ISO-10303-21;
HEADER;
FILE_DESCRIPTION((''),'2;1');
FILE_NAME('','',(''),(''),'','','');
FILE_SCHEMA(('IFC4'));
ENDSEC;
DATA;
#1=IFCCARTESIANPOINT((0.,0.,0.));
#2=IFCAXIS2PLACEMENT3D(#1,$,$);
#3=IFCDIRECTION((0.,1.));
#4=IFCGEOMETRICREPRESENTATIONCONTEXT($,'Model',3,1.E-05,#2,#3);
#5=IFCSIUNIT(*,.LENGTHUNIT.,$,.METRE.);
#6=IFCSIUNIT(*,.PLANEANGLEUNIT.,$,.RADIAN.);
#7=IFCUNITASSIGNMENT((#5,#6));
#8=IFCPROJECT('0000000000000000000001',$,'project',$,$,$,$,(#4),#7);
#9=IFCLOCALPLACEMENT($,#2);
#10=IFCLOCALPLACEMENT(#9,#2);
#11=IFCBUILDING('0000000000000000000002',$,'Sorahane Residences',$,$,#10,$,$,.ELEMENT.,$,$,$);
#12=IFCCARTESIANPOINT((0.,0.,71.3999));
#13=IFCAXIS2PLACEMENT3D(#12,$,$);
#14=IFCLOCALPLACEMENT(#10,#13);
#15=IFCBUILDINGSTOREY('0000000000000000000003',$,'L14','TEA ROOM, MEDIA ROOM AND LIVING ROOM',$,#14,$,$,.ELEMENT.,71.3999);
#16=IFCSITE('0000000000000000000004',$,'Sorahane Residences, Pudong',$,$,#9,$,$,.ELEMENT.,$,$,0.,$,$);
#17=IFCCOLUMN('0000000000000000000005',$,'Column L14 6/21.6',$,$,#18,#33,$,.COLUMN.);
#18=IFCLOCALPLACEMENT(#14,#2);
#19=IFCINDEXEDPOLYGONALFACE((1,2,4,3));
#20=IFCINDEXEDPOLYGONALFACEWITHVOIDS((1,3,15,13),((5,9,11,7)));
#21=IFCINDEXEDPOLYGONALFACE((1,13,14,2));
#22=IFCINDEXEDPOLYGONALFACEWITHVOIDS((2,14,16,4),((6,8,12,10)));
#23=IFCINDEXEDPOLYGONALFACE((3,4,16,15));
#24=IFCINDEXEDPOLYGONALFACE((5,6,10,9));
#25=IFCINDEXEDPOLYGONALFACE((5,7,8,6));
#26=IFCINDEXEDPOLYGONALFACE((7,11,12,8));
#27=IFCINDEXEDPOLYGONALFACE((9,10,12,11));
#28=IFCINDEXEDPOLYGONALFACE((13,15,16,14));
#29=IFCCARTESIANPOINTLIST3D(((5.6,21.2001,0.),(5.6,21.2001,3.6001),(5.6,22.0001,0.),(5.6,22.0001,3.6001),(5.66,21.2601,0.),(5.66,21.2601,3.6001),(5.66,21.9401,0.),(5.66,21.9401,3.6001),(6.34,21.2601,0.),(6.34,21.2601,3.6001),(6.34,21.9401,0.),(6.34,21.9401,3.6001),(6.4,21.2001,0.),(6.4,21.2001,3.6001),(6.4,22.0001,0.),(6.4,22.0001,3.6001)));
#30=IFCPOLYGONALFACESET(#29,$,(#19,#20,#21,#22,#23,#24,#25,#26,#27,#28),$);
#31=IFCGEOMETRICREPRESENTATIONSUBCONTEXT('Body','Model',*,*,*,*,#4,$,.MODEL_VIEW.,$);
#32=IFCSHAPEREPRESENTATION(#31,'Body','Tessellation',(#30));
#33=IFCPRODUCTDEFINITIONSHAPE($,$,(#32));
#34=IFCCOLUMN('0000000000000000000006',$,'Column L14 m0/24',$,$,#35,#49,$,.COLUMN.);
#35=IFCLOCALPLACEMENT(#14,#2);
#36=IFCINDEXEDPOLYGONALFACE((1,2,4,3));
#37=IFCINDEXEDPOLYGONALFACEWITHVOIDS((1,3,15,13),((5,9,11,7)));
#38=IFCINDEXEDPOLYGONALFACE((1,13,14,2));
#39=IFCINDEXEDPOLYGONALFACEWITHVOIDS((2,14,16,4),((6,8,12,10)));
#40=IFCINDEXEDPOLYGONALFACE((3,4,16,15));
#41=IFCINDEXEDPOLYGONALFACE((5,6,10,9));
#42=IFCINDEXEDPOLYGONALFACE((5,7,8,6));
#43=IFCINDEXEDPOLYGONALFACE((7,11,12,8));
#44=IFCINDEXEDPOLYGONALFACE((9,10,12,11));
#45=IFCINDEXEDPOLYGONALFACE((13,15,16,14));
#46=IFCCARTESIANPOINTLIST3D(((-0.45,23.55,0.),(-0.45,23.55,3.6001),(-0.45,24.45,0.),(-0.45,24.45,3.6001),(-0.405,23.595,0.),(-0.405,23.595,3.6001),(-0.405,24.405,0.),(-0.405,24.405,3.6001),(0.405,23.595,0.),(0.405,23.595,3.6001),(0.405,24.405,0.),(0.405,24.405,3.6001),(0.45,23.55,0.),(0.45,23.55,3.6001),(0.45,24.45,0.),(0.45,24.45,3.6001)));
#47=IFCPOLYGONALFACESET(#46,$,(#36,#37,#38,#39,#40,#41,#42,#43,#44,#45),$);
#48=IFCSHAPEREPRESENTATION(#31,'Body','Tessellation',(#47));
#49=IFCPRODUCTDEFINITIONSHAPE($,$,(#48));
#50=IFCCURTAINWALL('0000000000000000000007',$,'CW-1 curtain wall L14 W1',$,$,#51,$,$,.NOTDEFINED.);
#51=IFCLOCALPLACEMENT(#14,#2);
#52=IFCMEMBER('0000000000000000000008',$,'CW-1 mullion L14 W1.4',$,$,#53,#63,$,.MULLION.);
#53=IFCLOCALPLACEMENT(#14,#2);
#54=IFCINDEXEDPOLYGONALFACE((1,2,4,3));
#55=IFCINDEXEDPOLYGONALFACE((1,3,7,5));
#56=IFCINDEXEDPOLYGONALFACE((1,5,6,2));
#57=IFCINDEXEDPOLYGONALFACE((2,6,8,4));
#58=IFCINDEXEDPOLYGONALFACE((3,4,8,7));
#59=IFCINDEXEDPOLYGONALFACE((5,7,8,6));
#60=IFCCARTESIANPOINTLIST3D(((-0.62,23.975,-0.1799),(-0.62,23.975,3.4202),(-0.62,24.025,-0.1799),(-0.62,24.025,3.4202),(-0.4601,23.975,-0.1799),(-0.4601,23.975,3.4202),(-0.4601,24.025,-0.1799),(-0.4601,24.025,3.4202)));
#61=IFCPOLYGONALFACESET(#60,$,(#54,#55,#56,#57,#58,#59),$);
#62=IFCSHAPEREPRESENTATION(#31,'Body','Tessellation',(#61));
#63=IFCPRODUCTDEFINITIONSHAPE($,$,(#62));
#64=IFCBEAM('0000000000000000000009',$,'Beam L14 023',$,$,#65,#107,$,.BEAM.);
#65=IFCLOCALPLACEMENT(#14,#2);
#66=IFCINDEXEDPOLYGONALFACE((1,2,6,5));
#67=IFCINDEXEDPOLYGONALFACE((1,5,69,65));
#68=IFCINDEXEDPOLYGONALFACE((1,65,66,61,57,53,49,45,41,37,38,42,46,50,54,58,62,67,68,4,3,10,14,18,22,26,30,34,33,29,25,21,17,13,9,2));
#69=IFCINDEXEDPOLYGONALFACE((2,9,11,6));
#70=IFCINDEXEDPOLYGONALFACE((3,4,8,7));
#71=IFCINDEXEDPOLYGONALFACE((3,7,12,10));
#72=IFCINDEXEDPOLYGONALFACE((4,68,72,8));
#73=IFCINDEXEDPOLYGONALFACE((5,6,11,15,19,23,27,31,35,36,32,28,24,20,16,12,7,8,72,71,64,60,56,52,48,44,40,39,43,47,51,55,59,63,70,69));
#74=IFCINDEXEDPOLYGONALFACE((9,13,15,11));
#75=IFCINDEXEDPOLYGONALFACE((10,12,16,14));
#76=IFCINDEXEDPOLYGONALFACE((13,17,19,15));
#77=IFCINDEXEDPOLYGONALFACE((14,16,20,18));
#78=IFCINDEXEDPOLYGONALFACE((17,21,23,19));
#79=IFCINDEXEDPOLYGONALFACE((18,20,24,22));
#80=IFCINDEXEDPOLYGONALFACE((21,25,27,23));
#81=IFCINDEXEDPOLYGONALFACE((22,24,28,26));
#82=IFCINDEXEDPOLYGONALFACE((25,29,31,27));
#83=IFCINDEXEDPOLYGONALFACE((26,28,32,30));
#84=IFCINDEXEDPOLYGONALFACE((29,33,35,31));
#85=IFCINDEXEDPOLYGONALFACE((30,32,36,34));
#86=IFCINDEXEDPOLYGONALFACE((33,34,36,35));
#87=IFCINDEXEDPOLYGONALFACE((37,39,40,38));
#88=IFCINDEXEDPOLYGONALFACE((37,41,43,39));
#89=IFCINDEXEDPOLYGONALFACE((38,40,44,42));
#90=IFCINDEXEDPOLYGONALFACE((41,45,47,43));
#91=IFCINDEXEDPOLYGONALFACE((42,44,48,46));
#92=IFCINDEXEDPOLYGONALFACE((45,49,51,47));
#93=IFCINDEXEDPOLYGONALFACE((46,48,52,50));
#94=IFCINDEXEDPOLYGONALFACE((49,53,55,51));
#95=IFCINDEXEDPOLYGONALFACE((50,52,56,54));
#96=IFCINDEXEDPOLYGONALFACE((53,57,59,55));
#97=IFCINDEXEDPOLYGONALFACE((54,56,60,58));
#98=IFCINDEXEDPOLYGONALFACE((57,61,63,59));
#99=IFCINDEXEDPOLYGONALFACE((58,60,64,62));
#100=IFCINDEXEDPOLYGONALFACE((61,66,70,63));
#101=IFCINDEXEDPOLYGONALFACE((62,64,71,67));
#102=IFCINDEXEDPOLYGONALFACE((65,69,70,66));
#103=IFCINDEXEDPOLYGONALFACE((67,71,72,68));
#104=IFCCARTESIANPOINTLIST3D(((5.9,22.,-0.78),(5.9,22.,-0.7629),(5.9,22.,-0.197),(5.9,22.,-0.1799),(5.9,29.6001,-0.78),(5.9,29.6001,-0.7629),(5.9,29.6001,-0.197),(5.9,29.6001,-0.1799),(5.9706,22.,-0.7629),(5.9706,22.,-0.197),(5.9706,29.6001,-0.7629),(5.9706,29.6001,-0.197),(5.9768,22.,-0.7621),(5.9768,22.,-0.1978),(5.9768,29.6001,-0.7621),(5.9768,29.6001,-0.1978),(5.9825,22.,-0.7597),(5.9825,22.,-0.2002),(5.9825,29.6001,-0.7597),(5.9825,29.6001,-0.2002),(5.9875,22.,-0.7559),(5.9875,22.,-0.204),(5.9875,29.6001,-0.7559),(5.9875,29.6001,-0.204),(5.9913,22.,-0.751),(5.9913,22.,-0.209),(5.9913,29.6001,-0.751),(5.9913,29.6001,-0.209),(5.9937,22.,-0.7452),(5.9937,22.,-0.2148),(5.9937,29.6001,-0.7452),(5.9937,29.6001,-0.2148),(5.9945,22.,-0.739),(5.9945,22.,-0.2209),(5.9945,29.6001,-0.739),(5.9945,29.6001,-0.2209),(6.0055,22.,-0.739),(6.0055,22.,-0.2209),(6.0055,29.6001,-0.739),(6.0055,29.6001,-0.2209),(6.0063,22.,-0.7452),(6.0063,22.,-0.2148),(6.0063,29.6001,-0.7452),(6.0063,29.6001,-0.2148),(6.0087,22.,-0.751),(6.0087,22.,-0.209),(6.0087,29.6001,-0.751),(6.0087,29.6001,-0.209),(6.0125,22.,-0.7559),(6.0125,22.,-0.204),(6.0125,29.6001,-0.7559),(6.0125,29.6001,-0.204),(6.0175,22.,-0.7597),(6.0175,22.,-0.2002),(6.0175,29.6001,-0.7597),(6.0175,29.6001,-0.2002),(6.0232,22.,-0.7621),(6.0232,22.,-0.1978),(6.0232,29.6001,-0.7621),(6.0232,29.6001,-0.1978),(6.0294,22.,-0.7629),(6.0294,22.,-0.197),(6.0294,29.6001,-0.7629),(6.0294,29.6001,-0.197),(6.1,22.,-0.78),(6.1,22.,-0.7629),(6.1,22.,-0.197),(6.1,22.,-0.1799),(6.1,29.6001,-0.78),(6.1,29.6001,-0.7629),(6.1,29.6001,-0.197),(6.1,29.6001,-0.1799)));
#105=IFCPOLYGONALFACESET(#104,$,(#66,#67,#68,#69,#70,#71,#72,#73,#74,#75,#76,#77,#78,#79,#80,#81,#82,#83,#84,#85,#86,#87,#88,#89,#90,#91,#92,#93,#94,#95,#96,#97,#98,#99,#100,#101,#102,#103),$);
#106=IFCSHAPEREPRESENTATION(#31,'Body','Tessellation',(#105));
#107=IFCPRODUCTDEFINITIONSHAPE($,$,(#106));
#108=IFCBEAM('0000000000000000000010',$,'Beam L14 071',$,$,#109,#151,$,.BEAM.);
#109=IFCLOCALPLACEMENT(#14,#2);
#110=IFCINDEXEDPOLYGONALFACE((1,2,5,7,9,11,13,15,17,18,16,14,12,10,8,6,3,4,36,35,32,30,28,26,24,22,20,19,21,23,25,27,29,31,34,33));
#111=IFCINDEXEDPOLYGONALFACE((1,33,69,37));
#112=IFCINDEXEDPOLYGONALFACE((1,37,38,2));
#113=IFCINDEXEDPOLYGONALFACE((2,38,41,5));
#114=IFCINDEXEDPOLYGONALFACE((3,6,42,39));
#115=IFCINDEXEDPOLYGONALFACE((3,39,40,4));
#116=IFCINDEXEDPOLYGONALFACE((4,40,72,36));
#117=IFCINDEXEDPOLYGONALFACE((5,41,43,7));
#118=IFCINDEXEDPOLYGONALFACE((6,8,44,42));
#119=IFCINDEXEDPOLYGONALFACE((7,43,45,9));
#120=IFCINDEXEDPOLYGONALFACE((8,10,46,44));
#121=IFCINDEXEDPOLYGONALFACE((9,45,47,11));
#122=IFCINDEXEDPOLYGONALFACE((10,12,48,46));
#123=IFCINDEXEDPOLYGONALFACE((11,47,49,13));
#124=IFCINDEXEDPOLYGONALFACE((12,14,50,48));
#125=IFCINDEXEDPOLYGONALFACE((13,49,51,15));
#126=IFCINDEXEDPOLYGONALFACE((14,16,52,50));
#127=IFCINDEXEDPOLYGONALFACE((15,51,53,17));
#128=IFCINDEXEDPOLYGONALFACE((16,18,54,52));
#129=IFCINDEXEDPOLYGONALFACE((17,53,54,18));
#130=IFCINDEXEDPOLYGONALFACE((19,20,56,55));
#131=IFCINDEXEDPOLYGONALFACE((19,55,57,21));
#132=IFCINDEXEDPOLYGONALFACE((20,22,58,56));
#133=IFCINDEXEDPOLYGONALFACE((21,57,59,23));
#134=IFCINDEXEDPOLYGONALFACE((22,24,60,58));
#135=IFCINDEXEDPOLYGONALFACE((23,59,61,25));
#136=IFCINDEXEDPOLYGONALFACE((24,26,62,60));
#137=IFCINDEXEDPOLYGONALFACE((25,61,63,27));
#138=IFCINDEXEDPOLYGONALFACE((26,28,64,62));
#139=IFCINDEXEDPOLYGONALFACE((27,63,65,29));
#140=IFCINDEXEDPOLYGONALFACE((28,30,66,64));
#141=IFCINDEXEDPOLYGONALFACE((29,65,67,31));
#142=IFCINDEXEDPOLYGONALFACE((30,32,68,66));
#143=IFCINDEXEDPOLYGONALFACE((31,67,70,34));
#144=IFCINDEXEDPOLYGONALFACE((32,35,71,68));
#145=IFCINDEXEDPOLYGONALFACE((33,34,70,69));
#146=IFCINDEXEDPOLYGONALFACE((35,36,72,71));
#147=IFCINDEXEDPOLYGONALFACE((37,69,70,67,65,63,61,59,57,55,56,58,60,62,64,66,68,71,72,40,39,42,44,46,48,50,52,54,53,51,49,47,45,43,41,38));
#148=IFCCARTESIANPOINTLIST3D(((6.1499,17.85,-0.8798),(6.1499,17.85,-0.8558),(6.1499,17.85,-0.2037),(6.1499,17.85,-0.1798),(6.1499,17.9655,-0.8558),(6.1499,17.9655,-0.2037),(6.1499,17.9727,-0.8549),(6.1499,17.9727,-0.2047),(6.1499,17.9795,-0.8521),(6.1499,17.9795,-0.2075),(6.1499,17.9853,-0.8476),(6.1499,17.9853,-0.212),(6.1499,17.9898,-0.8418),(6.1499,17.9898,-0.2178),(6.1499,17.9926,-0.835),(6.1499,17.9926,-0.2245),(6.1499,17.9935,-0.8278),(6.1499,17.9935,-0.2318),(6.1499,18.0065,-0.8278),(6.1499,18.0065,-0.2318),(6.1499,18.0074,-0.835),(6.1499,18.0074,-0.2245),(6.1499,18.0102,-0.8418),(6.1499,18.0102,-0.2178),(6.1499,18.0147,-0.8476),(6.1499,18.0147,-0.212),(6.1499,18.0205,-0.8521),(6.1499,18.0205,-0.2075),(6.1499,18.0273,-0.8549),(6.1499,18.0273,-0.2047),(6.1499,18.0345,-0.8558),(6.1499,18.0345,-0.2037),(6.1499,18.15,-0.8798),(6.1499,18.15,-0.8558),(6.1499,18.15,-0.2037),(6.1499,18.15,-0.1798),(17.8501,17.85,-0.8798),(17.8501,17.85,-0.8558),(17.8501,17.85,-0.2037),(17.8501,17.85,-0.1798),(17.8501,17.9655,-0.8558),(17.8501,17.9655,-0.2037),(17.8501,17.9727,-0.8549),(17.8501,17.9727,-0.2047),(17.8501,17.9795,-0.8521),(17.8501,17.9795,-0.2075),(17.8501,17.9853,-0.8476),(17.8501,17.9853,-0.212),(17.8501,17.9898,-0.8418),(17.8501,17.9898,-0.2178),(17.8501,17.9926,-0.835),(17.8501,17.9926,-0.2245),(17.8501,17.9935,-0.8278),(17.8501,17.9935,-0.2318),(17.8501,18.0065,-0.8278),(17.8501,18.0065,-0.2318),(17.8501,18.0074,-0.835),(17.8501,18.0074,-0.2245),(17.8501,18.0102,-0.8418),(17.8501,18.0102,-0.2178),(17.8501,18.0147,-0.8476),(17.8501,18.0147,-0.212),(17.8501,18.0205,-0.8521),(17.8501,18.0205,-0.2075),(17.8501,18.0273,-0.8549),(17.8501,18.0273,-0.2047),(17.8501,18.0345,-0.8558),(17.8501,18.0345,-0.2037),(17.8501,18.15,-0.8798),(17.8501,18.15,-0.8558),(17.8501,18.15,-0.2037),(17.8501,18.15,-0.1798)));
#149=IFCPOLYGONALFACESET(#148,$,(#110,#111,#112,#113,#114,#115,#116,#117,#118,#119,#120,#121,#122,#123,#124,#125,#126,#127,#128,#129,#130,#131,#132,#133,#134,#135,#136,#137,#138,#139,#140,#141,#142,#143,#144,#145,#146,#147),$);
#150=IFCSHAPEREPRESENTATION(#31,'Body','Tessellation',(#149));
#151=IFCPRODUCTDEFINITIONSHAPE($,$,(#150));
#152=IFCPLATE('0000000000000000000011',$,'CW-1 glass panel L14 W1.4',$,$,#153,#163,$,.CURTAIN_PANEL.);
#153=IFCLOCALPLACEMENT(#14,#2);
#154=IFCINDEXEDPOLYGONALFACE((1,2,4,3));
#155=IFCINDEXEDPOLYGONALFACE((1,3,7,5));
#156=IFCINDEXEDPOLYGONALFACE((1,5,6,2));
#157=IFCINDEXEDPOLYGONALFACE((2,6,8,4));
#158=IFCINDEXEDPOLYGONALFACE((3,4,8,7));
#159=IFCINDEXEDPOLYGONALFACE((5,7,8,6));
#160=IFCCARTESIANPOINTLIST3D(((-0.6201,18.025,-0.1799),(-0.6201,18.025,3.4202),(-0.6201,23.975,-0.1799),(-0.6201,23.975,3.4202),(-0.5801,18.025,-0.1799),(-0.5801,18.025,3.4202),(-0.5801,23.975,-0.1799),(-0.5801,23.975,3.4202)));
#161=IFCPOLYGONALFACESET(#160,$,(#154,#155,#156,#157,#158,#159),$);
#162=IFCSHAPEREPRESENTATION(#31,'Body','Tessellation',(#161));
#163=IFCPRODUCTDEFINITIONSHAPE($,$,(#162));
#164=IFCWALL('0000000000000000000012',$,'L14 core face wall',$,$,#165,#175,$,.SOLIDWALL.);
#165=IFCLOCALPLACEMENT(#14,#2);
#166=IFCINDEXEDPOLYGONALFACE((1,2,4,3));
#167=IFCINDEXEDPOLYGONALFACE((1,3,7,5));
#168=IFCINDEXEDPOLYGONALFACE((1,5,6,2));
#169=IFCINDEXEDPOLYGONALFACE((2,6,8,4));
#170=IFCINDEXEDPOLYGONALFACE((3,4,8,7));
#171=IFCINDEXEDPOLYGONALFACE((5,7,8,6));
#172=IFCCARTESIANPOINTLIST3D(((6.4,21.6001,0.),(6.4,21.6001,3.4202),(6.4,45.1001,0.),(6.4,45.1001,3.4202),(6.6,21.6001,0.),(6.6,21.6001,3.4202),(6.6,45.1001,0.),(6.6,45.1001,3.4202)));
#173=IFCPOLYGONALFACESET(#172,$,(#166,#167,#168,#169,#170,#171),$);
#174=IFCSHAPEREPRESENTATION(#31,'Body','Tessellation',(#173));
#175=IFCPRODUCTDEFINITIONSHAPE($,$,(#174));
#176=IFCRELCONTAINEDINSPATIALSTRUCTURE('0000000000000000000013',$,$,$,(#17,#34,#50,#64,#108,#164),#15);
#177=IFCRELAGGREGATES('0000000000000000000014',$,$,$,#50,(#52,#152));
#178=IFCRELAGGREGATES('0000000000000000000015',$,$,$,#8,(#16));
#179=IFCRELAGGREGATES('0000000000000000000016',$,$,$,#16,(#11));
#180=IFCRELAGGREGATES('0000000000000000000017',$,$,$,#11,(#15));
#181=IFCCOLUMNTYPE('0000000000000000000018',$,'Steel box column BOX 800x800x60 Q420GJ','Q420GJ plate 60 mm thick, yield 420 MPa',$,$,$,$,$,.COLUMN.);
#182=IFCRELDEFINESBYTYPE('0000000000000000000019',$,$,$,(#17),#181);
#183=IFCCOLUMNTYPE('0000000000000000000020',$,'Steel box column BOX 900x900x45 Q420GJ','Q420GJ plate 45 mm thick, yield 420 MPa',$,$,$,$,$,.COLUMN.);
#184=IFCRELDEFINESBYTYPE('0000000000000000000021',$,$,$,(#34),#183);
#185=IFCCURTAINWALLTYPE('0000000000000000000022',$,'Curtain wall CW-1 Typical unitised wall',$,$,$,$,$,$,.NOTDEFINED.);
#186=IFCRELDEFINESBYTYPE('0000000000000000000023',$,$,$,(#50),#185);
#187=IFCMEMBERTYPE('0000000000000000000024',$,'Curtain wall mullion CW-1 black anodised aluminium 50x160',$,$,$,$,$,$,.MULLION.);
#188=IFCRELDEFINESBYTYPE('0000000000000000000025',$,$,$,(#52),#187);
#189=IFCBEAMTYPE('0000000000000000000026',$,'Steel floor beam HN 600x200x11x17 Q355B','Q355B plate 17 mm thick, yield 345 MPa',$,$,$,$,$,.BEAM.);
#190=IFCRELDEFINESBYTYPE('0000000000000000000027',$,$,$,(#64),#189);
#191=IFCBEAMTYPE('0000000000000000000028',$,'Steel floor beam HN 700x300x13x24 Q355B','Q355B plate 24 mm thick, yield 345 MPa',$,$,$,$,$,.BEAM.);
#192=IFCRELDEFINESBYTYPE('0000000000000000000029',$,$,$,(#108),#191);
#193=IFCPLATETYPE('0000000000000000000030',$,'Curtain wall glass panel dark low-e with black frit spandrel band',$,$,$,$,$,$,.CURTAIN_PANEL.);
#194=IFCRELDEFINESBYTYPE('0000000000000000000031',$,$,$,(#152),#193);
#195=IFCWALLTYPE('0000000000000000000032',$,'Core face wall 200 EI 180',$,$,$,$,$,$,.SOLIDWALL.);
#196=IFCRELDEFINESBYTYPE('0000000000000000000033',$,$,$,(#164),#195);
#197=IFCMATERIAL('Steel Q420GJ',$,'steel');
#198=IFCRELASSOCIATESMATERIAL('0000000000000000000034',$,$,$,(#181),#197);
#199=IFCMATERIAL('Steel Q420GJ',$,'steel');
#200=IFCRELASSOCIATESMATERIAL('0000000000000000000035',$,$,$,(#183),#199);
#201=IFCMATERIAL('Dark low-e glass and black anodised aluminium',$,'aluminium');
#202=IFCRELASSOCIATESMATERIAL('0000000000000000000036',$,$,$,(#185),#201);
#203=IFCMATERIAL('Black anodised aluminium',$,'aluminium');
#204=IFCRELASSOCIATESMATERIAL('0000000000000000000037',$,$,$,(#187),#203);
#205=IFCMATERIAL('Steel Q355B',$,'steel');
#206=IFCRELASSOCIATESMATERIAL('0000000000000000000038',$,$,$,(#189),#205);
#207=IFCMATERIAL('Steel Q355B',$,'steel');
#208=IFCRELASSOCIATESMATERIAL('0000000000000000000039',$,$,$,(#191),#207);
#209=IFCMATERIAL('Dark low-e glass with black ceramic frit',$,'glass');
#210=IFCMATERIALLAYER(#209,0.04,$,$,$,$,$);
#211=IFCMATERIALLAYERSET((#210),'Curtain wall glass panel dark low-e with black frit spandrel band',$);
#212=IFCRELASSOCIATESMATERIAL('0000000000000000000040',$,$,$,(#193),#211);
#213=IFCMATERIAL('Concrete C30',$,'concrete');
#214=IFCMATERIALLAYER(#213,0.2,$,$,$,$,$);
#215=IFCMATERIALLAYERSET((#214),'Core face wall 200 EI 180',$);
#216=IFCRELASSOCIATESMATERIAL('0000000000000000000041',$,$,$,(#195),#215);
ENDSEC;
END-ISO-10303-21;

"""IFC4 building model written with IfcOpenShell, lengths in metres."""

from ifc_helpers import new_model, si_unit, direction, frame, frame_2d, origin, origin_2d, place, context, subcontext, project, spatial, rectangle, hollow_rectangle, i_section, extrude, material, layer, layer_set, material_profile, profile_set, type_object, element, aggregate, save


model = new_model("IFC4")

# Units and contexts
model_context = context("Model", 3, precision=1e-05, world=origin(), true_north=direction((0.0, 1.0)))
body_context = subcontext(model_context, "Body", "Model", "MODEL_VIEW")
ifc_project = project(units=[si_unit("LENGTHUNIT", "METRE"), si_unit("PLANEANGLEUNIT", "RADIAN")], contexts=[model_context])

# Site, building, storey
site_placement = place(None, origin())
site = spatial("IfcSite", under=ifc_project, at=site_placement, Name="Sorahane Residences, Pudong", CompositionType="ELEMENT", RefElevation=0.0)
building_placement = place(site_placement, origin())
building = spatial("IfcBuilding", under=site, at=building_placement, Name="Sorahane Residences", CompositionType="ELEMENT")
storey_placement = place(building_placement, frame((0.0, 0.0, 71.3999)))
storey = spatial("IfcBuildingStorey", under=building, at=storey_placement, Name="L14", Description="TEA ROOM, MEDIA ROOM AND LIVING ROOM", CompositionType="ELEMENT", Elevation=71.3999)

# Columns
ifc_material_1 = material(Name="Steel Q420GJ", Category="steel")
ifc_material_profile_1 = material_profile(ifc_material_1, hollow_rectangle(XDim=0.8, YDim=0.8, WallThickness=0.0601, at=origin_2d()), Name="BOX 800x800x60")
ifc_profile_set_1 = profile_set([ifc_material_profile_1], Name="Steel Q420GJ")
column_type_1 = type_object("IfcColumnType", Name="Steel box column BOX 800x800x60 Q420GJ", Description="Q420GJ plate 60 mm thick, yield 420 MPa", PredefinedType="COLUMN", material=ifc_profile_set_1)
column_1_placement = place(storey_placement, frame((6.0, 21.6001, 0.0), z_axis=(0.0, 0.0, 1.0), x_axis=(1.0, 0.0, 0.0)))
element("IfcColumn", 1, at=column_1_placement, inside=storey, type_object=column_type_1, Name="Column L14 6/21.6", PredefinedType="COLUMN", context=body_context, shape_type="SweptSolid", body=[
    extrude(hollow_rectangle(XDim=0.8, YDim=0.8, WallThickness=0.0601, at=origin_2d()), origin(), (0.0, 0.0, 1.0), 3.6001),
])
ifc_material_2 = material(Name="Steel Q420GJ", Category="steel")
ifc_material_profile_2 = material_profile(ifc_material_2, hollow_rectangle(XDim=0.8999, YDim=0.8999, WallThickness=0.0449, at=origin_2d()), Name="BOX 900x900x45")
ifc_profile_set_2 = profile_set([ifc_material_profile_2], Name="Steel Q420GJ")
column_type_2 = type_object("IfcColumnType", Name="Steel box column BOX 900x900x45 Q420GJ", Description="Q420GJ plate 45 mm thick, yield 420 MPa", PredefinedType="COLUMN", material=ifc_profile_set_2)
column_2_placement = place(storey_placement, frame((0.0, 24.0, 0.0), z_axis=(0.0, 0.0, 1.0), x_axis=(1.0, 0.0, 0.0)))
element("IfcColumn", 2, at=column_2_placement, inside=storey, type_object=column_type_2, Name="Column L14 m0/24", PredefinedType="COLUMN", context=body_context, shape_type="SweptSolid", body=[
    extrude(hollow_rectangle(XDim=0.8999, YDim=0.8999, WallThickness=0.0449, at=origin_2d()), origin(), (0.0, 0.0, 1.0), 3.6001),
])

# Curtain wall, member
ifc_material_3 = material(Name="Dark low-e glass and black anodised aluminium", Category="aluminium")
curtain_wall_type = type_object("IfcCurtainWallType", Name="Curtain wall CW-1 Typical unitised wall", PredefinedType="NOTDEFINED", material=ifc_material_3)
curtain_wall_placement = place(storey_placement, origin())
curtain_wall = element("IfcCurtainWall", 3, at=curtain_wall_placement, inside=storey, type_object=curtain_wall_type, Name="CW-1 curtain wall L14 W1", PredefinedType="NOTDEFINED")
ifc_material_4 = material(Name="Black anodised aluminium", Category="aluminium")
ifc_material_profile_3 = material_profile(ifc_material_4, rectangle(XDim=0.1599, YDim=0.05, at=origin_2d()), Name="Curtain wall mullion CW-1 black anodised aluminium 50x160")
ifc_profile_set_3 = profile_set([ifc_material_profile_3], Name="Black anodised aluminium")
member_type = type_object("IfcMemberType", Name="Curtain wall mullion CW-1 black anodised aluminium 50x160", PredefinedType="MULLION", material=ifc_profile_set_3)
member_placement = place(storey_placement, frame((-0.54, 24.0, -0.1799), z_axis=(0.0, 0.0, 1.0), x_axis=(-1.0, 0.0, 0.0)))
member = element("IfcMember", 4, at=member_placement, type_object=member_type, Name="CW-1 mullion L14 W1.4", PredefinedType="MULLION", context=body_context, shape_type="SweptSolid", body=[
    extrude(rectangle(XDim=0.1599, YDim=0.05, at=origin_2d()), origin(), (0.0, 0.0, 1.0), 3.6001),
])

# Beams
ifc_material_5 = material(Name="Steel Q355B", Category="steel")
ifc_material_profile_4 = material_profile(ifc_material_5, i_section(OverallWidth=0.2, OverallDepth=0.6001, WebThickness=0.011, FlangeThickness=0.0171, FilletRadius=0.0239, at=origin_2d()), Name="HN 600x200x11x17")
ifc_profile_set_4 = profile_set([ifc_material_profile_4], Name="Steel Q355B")
beam_type_1 = type_object("IfcBeamType", Name="Steel floor beam HN 600x200x11x17 Q355B", Description="Q355B plate 17 mm thick, yield 345 MPa", PredefinedType="BEAM", material=ifc_profile_set_4)
beam_1_placement = place(storey_placement, frame((6.0, 22.0, -0.48), z_axis=(0.0, 1.0, 0.0), x_axis=(-1.0, 0.0, 0.0)))
element("IfcBeam", 5, at=beam_1_placement, inside=storey, type_object=beam_type_1, Name="Beam L14 023", PredefinedType="BEAM", context=body_context, shape_type="SweptSolid", body=[
    extrude(i_section(OverallWidth=0.2, OverallDepth=0.6001, WebThickness=0.011, FlangeThickness=0.0171, FilletRadius=0.0239, at=origin_2d()), origin(), (0.0, 0.0, 1.0), 7.6001),
])
ifc_material_6 = material(Name="Steel Q355B", Category="steel")
ifc_material_profile_5 = material_profile(ifc_material_6, i_section(OverallWidth=0.3, OverallDepth=0.7, WebThickness=0.0129, FlangeThickness=0.0239, FilletRadius=0.0281, at=origin_2d()), Name="HN 700x300x13x24")
ifc_profile_set_5 = profile_set([ifc_material_profile_5], Name="Steel Q355B")
beam_type_2 = type_object("IfcBeamType", Name="Steel floor beam HN 700x300x13x24 Q355B", Description="Q355B plate 24 mm thick, yield 345 MPa", PredefinedType="BEAM", material=ifc_profile_set_5)
beam_2_placement = place(storey_placement, frame((6.1499, 18.0, -0.5298), z_axis=(1.0, 0.0, 0.0), x_axis=(0.0, 1.0, 0.0)))
element("IfcBeam", 6, at=beam_2_placement, inside=storey, type_object=beam_type_2, Name="Beam L14 071", PredefinedType="BEAM", context=body_context, shape_type="SweptSolid", body=[
    extrude(i_section(OverallWidth=0.3, OverallDepth=0.7, WebThickness=0.0129, FlangeThickness=0.0239, FilletRadius=0.0281, at=origin_2d()), origin(), (0.0, 0.0, 1.0), 11.7002),
])

# Plate
ifc_material_7 = material(Name="Dark low-e glass with black ceramic frit", Category="glass")
ifc_layer_1 = layer(ifc_material_7, 0.04)
ifc_layer_set_1 = layer_set([ifc_layer_1], Name="Curtain wall glass panel dark low-e with black frit spandrel band")
plate_type = type_object("IfcPlateType", Name="Curtain wall glass panel dark low-e with black frit spandrel band", PredefinedType="CURTAIN_PANEL", material=ifc_layer_set_1)
plate_placement = place(storey_placement, frame((-0.6001, 21.0, -0.1799), z_axis=(0.0, 0.0, 1.0), x_axis=(0.0, -1.0, 0.0)))
plate = element("IfcPlate", 7, at=plate_placement, type_object=plate_type, Name="CW-1 glass panel L14 W1.4", PredefinedType="CURTAIN_PANEL", context=body_context, shape_type="SweptSolid", body=[
    extrude(rectangle(XDim=5.95, YDim=0.04, at=origin_2d()), origin(), (0.0, 0.0, 1.0), 3.6001),
])
aggregate(curtain_wall, [member, plate])

# Wall
ifc_material_8 = material(Name="Concrete C30", Category="concrete")
ifc_layer_2 = layer(ifc_material_8, 0.2)
ifc_layer_set_2 = layer_set([ifc_layer_2], Name="Core face wall 200 EI 180")
wall_type_1 = type_object("IfcWallType", Name="Core face wall 200 EI 180", PredefinedType="SOLIDWALL", material=ifc_layer_set_2)
wall_1_placement = place(storey_placement, frame((6.5, 21.6001, 0.0), z_axis=(0.0, 0.0, 1.0), x_axis=(0.0, 1.0, 0.0)))
element("IfcWall", 8, at=wall_1_placement, inside=storey, type_object=wall_type_1, Name="L14 core face wall", PredefinedType="SOLIDWALL", context=body_context, shape_type="SweptSolid", body=[
    extrude(rectangle(XDim=23.5, YDim=0.2, at=frame_2d((11.75, 0.0))), origin(), (0.0, 0.0, 1.0), 3.4202),
])

save(model, "model.ifc")
